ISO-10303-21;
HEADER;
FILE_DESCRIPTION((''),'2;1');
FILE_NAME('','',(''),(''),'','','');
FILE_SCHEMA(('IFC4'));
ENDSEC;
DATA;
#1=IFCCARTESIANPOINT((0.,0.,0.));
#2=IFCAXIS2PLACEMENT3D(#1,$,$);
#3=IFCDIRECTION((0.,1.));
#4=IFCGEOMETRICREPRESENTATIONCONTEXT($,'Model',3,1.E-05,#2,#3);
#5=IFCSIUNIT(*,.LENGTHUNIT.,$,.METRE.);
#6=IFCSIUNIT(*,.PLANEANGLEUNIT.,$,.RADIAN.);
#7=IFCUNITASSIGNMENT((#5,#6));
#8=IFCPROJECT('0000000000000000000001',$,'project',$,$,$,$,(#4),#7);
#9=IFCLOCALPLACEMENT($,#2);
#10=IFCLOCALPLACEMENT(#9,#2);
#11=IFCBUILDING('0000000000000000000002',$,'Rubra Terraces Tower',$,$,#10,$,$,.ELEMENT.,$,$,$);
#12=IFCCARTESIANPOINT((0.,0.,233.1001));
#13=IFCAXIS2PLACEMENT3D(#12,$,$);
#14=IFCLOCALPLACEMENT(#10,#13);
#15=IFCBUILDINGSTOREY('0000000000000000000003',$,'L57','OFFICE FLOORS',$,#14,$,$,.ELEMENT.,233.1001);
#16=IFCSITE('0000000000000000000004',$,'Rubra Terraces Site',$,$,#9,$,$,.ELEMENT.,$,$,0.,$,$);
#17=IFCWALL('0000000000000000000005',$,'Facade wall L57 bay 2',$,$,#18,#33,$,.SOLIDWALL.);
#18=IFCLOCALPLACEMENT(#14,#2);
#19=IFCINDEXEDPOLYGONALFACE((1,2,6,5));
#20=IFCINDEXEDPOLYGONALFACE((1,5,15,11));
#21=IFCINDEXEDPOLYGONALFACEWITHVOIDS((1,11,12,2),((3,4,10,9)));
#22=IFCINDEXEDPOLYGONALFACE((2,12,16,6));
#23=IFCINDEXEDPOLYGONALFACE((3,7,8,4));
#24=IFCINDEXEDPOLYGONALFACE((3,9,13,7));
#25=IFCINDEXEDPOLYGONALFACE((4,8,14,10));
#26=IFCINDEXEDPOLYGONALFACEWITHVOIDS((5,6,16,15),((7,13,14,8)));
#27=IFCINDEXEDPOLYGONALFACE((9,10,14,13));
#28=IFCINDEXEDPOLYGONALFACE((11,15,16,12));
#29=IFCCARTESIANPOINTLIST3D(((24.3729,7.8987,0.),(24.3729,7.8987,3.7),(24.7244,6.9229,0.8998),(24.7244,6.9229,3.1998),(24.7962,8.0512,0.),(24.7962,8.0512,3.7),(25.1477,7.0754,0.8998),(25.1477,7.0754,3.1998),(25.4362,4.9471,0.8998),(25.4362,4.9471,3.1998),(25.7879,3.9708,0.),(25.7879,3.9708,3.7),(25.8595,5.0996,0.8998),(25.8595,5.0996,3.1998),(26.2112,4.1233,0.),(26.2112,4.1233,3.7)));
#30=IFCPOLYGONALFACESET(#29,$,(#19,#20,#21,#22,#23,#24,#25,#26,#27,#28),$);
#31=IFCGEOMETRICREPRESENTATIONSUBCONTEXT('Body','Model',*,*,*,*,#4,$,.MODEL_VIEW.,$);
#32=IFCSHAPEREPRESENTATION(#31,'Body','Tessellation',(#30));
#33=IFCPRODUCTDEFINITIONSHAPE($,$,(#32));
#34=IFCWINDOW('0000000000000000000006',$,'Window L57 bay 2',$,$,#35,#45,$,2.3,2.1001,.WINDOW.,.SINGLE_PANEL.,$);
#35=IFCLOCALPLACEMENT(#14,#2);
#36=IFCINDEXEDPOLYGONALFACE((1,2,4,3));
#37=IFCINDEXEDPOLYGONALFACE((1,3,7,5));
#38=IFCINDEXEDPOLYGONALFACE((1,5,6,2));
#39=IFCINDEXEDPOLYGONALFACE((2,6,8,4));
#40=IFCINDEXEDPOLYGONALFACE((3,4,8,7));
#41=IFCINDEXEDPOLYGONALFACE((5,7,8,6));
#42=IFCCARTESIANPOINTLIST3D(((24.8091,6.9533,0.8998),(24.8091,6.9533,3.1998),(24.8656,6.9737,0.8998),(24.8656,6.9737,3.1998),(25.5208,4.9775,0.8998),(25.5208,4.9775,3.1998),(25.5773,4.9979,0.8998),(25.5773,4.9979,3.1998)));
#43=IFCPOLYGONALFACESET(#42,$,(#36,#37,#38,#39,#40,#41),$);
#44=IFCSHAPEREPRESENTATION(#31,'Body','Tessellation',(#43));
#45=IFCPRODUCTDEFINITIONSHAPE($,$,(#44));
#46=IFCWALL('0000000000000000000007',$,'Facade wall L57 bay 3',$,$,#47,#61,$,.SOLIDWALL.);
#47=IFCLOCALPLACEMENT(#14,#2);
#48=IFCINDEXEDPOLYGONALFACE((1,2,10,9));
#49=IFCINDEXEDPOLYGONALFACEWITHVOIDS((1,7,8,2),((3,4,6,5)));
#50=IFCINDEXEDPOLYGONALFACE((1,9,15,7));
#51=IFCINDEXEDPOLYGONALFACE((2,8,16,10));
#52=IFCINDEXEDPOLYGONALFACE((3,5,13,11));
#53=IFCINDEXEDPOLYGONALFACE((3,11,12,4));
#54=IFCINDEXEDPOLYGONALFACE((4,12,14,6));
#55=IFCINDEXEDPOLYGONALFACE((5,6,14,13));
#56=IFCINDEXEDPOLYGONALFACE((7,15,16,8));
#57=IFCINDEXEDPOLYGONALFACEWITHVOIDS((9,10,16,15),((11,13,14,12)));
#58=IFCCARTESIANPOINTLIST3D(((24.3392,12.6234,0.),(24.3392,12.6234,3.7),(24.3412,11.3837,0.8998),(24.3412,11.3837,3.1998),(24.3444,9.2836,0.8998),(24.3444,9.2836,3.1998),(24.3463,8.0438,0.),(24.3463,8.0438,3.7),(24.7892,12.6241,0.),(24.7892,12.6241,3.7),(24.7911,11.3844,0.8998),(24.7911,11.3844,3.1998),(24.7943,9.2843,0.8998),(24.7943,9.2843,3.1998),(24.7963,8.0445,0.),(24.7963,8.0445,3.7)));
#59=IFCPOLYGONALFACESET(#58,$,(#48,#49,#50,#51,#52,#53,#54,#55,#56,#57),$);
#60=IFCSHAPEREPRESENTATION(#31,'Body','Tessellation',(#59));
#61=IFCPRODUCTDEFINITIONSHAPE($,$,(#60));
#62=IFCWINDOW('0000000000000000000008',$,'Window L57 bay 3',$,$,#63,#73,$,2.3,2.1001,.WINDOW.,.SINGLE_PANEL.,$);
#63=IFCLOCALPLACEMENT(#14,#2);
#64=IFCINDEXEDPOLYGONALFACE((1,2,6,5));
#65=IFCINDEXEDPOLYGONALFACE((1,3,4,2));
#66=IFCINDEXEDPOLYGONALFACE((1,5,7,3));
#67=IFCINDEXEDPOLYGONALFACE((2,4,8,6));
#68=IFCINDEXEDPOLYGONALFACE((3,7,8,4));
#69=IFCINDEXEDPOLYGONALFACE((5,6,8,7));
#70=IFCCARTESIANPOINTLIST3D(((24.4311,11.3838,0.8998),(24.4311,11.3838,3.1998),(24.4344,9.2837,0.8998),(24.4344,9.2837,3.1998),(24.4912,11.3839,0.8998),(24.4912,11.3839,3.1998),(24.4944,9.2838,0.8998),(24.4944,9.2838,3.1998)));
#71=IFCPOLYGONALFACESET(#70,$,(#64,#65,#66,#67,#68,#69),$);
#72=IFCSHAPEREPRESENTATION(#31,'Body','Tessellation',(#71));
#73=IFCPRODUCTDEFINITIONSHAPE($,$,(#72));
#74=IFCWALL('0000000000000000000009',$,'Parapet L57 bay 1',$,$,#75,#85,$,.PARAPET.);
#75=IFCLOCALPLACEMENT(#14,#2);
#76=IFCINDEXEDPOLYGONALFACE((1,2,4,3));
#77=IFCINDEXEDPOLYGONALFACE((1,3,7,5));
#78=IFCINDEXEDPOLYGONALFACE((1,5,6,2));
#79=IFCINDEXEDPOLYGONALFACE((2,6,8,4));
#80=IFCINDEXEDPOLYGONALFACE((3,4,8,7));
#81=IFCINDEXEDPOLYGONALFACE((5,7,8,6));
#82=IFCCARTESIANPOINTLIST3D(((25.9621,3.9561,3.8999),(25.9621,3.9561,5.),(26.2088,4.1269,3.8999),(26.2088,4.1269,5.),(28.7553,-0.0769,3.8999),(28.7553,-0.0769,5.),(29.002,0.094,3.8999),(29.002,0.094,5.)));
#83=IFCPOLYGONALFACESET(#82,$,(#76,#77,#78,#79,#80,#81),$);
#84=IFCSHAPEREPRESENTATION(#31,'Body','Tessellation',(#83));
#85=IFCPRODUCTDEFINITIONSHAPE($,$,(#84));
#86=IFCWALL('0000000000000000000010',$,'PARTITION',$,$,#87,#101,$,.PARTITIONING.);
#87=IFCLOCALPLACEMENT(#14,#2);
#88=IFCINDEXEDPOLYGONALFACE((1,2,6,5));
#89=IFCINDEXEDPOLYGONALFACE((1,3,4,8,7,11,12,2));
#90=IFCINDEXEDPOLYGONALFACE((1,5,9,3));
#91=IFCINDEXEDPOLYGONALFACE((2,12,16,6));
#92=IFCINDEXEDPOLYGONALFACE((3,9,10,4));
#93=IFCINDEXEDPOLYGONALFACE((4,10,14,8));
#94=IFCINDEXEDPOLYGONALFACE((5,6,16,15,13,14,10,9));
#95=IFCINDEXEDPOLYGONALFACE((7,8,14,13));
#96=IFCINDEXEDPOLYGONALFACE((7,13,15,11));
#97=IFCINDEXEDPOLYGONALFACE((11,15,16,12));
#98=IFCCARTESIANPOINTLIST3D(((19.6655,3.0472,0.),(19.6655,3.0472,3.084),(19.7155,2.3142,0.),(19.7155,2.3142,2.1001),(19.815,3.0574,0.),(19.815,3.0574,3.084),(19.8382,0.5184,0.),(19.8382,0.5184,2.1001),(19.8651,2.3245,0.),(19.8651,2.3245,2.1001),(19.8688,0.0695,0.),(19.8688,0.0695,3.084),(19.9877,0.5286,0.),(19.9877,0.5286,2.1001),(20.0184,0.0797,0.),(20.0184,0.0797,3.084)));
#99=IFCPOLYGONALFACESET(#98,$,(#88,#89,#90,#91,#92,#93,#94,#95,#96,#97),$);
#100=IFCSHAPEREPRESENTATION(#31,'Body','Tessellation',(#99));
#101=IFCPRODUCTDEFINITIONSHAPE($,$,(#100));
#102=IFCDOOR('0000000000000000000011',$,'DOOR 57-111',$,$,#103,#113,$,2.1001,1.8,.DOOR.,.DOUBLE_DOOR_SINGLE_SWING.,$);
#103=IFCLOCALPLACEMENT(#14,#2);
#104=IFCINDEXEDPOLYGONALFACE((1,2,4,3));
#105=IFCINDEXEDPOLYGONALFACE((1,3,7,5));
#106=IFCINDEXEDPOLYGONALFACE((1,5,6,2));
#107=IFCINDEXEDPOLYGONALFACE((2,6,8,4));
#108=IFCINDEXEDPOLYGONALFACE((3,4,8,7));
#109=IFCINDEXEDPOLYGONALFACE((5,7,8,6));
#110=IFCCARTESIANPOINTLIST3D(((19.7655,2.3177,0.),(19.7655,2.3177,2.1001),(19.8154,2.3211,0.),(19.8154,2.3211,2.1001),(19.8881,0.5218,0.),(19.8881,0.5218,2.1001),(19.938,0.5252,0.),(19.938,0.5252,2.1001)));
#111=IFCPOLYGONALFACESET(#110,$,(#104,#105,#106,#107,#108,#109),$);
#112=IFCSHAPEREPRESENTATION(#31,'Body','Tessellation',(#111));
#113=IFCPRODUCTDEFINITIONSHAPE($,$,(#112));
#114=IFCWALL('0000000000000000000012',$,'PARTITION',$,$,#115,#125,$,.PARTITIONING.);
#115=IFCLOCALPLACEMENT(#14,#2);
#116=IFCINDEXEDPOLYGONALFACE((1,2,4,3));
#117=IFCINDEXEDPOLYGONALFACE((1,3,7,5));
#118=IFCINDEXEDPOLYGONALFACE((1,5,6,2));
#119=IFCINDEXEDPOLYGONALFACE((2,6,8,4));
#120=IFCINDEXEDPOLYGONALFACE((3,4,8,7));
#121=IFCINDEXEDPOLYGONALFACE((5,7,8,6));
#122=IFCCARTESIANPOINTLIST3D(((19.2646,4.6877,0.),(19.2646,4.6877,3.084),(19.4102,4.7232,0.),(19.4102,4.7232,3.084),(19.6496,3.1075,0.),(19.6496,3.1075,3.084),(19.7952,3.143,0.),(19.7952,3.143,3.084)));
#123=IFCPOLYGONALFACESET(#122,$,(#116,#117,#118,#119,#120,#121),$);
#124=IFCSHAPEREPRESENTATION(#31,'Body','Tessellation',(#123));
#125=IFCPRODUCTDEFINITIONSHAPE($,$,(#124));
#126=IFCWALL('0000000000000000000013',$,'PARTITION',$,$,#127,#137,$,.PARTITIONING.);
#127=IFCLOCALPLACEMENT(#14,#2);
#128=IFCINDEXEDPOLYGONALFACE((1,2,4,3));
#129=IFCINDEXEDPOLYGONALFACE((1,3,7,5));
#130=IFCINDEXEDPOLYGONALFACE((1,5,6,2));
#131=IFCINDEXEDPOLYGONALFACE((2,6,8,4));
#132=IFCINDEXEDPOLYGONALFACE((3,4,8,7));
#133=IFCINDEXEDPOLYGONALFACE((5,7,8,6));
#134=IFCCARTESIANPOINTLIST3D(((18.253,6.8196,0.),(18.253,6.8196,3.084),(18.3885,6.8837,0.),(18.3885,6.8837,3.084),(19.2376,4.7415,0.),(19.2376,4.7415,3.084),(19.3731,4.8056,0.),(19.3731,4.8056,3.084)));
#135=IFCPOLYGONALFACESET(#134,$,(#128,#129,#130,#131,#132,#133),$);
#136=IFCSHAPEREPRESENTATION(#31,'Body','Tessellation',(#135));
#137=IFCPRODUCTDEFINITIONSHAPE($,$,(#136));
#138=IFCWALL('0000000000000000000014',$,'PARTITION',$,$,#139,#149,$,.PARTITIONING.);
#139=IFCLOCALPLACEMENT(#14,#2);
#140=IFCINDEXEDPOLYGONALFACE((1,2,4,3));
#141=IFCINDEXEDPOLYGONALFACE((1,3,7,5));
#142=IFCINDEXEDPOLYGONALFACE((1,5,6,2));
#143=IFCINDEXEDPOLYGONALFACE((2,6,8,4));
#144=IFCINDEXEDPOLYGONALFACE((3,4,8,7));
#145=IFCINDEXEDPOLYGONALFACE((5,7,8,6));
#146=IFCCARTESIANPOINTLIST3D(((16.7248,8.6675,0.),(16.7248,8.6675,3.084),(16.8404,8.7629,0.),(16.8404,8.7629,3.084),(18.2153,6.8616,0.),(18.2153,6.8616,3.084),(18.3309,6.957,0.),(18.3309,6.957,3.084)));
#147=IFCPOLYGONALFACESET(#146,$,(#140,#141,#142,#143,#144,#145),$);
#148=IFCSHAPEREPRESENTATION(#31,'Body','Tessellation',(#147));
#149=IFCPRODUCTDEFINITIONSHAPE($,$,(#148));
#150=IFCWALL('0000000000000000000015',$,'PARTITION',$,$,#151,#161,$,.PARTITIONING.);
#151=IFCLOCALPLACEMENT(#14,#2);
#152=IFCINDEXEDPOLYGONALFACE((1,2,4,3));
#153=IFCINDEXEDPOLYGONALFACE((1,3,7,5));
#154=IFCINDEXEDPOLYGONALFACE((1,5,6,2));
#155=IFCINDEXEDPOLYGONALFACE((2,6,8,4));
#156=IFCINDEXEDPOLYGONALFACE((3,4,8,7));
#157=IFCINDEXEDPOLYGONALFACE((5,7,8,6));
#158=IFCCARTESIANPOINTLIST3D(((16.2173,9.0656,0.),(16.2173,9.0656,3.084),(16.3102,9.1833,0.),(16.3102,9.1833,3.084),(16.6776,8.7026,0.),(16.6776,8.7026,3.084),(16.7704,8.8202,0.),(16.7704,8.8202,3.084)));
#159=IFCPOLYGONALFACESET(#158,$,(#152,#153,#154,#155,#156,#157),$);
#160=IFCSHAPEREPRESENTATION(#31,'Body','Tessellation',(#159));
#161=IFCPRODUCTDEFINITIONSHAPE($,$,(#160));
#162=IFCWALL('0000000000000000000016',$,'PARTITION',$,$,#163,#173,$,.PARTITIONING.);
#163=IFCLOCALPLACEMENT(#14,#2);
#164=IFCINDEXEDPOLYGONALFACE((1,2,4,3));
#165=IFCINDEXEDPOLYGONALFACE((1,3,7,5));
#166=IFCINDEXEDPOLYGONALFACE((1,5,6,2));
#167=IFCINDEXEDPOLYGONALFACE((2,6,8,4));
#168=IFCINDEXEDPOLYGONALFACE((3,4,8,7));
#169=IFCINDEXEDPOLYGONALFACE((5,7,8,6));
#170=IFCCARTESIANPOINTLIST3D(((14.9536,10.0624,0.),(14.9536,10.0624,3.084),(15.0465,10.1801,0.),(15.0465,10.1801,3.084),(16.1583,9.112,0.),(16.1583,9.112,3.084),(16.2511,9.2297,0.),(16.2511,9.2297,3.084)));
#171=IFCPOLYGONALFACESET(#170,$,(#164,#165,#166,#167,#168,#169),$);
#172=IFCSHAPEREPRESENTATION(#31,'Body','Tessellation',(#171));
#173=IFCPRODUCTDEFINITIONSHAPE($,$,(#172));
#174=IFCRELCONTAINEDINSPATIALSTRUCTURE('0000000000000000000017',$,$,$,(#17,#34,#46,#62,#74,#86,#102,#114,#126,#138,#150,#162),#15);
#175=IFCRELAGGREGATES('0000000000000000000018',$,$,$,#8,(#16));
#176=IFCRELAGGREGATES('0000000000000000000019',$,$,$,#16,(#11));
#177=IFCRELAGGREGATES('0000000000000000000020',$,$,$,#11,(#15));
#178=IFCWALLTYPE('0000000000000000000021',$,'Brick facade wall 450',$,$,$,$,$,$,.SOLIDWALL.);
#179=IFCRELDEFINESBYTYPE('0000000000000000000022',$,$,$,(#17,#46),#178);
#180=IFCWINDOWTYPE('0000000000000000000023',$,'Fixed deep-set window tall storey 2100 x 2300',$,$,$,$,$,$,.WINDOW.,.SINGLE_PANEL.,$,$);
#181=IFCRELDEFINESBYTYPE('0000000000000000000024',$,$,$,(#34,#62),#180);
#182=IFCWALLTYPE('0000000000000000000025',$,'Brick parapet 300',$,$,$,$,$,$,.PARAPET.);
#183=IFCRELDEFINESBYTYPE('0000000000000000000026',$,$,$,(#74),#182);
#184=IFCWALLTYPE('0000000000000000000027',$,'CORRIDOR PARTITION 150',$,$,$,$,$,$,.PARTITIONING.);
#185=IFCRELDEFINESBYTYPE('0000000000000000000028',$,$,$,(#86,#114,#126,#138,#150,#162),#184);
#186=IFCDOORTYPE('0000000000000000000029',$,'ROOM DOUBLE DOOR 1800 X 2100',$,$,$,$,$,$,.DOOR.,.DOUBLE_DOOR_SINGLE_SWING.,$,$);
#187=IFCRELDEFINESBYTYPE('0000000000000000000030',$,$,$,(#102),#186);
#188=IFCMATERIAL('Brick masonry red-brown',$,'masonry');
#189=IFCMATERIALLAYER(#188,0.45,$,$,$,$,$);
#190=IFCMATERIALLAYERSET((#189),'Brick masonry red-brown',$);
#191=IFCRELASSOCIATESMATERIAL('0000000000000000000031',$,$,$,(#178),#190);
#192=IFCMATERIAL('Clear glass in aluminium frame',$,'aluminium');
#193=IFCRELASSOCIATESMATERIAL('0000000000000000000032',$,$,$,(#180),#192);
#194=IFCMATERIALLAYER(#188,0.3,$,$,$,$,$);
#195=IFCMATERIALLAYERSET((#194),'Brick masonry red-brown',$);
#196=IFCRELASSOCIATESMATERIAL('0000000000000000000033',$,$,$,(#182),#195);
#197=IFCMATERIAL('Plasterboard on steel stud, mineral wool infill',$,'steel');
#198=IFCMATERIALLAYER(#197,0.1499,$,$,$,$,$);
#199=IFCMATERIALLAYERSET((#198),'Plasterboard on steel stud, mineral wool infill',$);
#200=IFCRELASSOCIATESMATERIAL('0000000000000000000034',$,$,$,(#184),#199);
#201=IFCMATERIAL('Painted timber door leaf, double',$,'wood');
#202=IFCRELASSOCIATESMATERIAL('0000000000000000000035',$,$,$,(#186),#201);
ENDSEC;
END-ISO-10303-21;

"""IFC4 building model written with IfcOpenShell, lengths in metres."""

from ifc_helpers import new_model, si_unit, direction, frame, frame_2d, origin, place, context, subcontext, project, spatial, rectangle, extrude, material, layer, layer_set, type_object, element, fill, save


model = new_model("IFC4")

# Units and contexts
model_context = context("Model", 3, precision=1e-05, world=origin(), true_north=direction((0.0, 1.0)))
body_context = subcontext(model_context, "Body", "Model", "MODEL_VIEW")
ifc_project = project(units=[si_unit("LENGTHUNIT", "METRE"), si_unit("PLANEANGLEUNIT", "RADIAN")], contexts=[model_context])

# Site, building, storey
site_placement = place(None, origin())
site = spatial("IfcSite", under=ifc_project, at=site_placement, Name="Rubra Terraces Site", CompositionType="ELEMENT", RefElevation=0.0)
building_placement = place(site_placement, origin())
building = spatial("IfcBuilding", under=site, at=building_placement, Name="Rubra Terraces Tower", CompositionType="ELEMENT")
storey_placement = place(building_placement, frame((0.0, 0.0, 233.1001)))
storey = spatial("IfcBuildingStorey", under=building, at=storey_placement, Name="L57", Description="OFFICE FLOORS", CompositionType="ELEMENT", Elevation=233.1001)

# Walls, openings, windows
ifc_material_1 = material(Name="Brick masonry red-brown", Category="masonry")
ifc_layer_1 = layer(ifc_material_1, 0.45)
ifc_layer_set_1 = layer_set([ifc_layer_1], Name="Brick masonry red-brown")
wall_type_1 = type_object("IfcWallType", Name="Brick facade wall 450", PredefinedType="SOLIDWALL", material=ifc_layer_set_1)
wall_1_placement = place(storey_placement, frame((25.9995, 4.0471, 0.0), z_axis=(0.0, 0.0, 1.0), x_axis=(-0.338924, 0.940814, 0.0)))
wall_1 = element("IfcWall", 1, at=wall_1_placement, inside=storey, type_object=wall_type_1, Name="Facade wall L57 bay 2", PredefinedType="SOLIDWALL", context=body_context, shape_type="SweptSolid", body=[
    extrude(rectangle(XDim=4.175, YDim=0.45, at=frame_2d((2.0874, 0.0))), origin(), (0.0, 0.0, 1.0), 3.7),
])
opening_1_placement = place(wall_1_placement, frame((1.0376, 0.0, 0.8999)))
opening_1 = element("IfcOpeningElement", 2, at=opening_1_placement, cuts=wall_1, PredefinedType="OPENING", context=body_context, shape_type="SweptSolid", body=[
    extrude(rectangle(XDim=2.1001, YDim=2.3, at=frame_2d((1.05, 1.1499))), frame((0.0, 0.2349, 0.0), z_axis=(0.0, -1.0, 0.0), x_axis=(1.0, 0.0, 0.0)), (0.0, 0.0, 1.0), 0.47),
])
ifc_material_2 = material(Name="Clear glass in aluminium frame", Category="aluminium")
window_type = type_object("IfcWindowType", Name="Fixed deep-set window tall storey 2100 x 2300", PartitioningType="SINGLE_PANEL", PredefinedType="WINDOW", material=ifc_material_2)
window_1_placement = place(opening_1_placement, origin())
window_1 = element("IfcWindow", 3, at=window_1_placement, inside=storey, type_object=window_type, Name="Window L57 bay 2", OverallHeight=2.3, OverallWidth=2.1001, PartitioningType="SINGLE_PANEL", PredefinedType="WINDOW", context=body_context, shape_type="SweptSolid", body=[
    extrude(rectangle(XDim=2.1001, YDim=2.3, at=frame_2d((1.05, 1.1499))), frame((0.0, 0.135, 0.0), z_axis=(0.0, -1.0, 0.0), x_axis=(1.0, 0.0, 0.0)), (0.0, 0.0, 1.0), 0.0601),
])
fill(opening_1, window_1)
wall_2_placement = place(storey_placement, frame((24.5713, 8.0442, 0.0), z_axis=(0.0, 0.0, 1.0), x_axis=(-0.001546, 0.999999, 0.0)))
wall_2 = element("IfcWall", 4, at=wall_2_placement, inside=storey, type_object=wall_type_1, Name="Facade wall L57 bay 3", PredefinedType="SOLIDWALL", context=body_context, shape_type="SweptSolid", body=[
    extrude(rectangle(XDim=4.5796, YDim=0.45, at=frame_2d((2.2898, 0.0))), origin(), (0.0, 0.0, 1.0), 3.7),
])
opening_2_placement = place(wall_2_placement, frame((1.2397, 0.0, 0.8999)))
opening_2 = element("IfcOpeningElement", 5, at=opening_2_placement, cuts=wall_2, PredefinedType="OPENING", context=body_context, shape_type="SweptSolid", body=[
    extrude(rectangle(XDim=2.1001, YDim=2.3, at=frame_2d((1.05, 1.1499))), frame((0.0, 0.2349, 0.0), z_axis=(0.0, -1.0, 0.0), x_axis=(1.0, 0.0, 0.0)), (0.0, 0.0, 1.0), 0.47),
])
window_2_placement = place(opening_2_placement, origin())
window_2 = element("IfcWindow", 6, at=window_2_placement, inside=storey, type_object=window_type, Name="Window L57 bay 3", OverallHeight=2.3, OverallWidth=2.1001, PartitioningType="SINGLE_PANEL", PredefinedType="WINDOW", context=body_context, shape_type="SweptSolid", body=[
    extrude(rectangle(XDim=2.1001, YDim=2.3, at=frame_2d((1.05, 1.1499))), frame((0.0, 0.135, 0.0), z_axis=(0.0, -1.0, 0.0), x_axis=(1.0, 0.0, 0.0)), (0.0, 0.0, 1.0), 0.0601),
])
fill(opening_2, window_2)

# Wall
ifc_layer_2 = layer(ifc_material_1, 0.3)
ifc_layer_set_2 = layer_set([ifc_layer_2], Name="Brick masonry red-brown")
wall_type_2 = type_object("IfcWallType", Name="Brick parapet 300", PredefinedType="PARAPET", material=ifc_layer_set_2)
wall_3_placement = place(storey_placement, frame((28.8787, 0.0085, 3.8999), z_axis=(0.0, 0.0, 1.0), x_axis=(-0.56937, 0.822081, 0.0)))
element("IfcWall", 7, at=wall_3_placement, inside=storey, type_object=wall_type_2, Name="Parapet L57 bay 1", PredefinedType="PARAPET", context=body_context, shape_type="SweptSolid", body=[
    extrude(rectangle(XDim=4.9058, YDim=0.3, at=frame_2d((2.4529, 0.0))), origin(), (0.0, 0.0, 1.0), 1.1001),
])

# Wall, opening, door
ifc_material_3 = material(Name="Plasterboard on steel stud, mineral wool infill", Category="steel")
ifc_layer_3 = layer(ifc_material_3, 0.1499)
ifc_layer_set_3 = layer_set([ifc_layer_3], Name="Plasterboard on steel stud, mineral wool infill")
wall_type_3 = type_object("IfcWallType", Name="CORRIDOR PARTITION 150", PredefinedType="PARTITIONING", material=ifc_layer_set_3)
wall_4_placement = place(storey_placement, frame((19.9436, 0.0747, 0.0), z_axis=(0.0, 0.0, 1.0), x_axis=(-0.068137, 0.997676, 0.0)))
wall_4 = element("IfcWall", 8, at=wall_4_placement, inside=storey, type_object=wall_type_3, Name="PARTITION", PredefinedType="PARTITIONING", context=body_context, shape_type="SweptSolid", body=[
    extrude(rectangle(XDim=2.9846, YDim=0.1499, at=frame_2d((1.4922, 0.0))), origin(), (0.0, 0.0, 1.0), 3.084),
])
opening_3_placement = place(wall_4_placement, frame((0.45, 0.0, 0.0)))
opening_3 = element("IfcOpeningElement", 9, at=opening_3_placement, cuts=wall_4, PredefinedType="OPENING", context=body_context, shape_type="SweptSolid", body=[
    extrude(rectangle(XDim=1.8, YDim=2.1001, at=frame_2d((0.8999, 1.05))), frame((0.0, 0.085, 0.0), z_axis=(0.0, -1.0, 0.0), x_axis=(1.0, 0.0, 0.0)), (0.0, 0.0, 1.0), 0.1699),
])
ifc_material_4 = material(Name="Painted timber door leaf, double", Category="wood")
door_type_1 = type_object("IfcDoorType", Name="ROOM DOUBLE DOOR 1800 X 2100", OperationType="DOUBLE_DOOR_SINGLE_SWING", PredefinedType="DOOR", material=ifc_material_4)
door_1_placement = place(opening_3_placement, origin())
door_1 = element("IfcDoor", 10, at=door_1_placement, inside=storey, type_object=door_type_1, Name="DOOR 57-111", OperationType="DOUBLE_DOOR_SINGLE_SWING", OverallHeight=2.1001, OverallWidth=1.8, PredefinedType="DOOR", context=body_context, shape_type="SweptSolid", body=[
    extrude(rectangle(XDim=1.8, YDim=2.1001, at=frame_2d((0.8999, 1.05))), frame((0.0, 0.0249, 0.0), z_axis=(0.0, -1.0, 0.0), x_axis=(1.0, 0.0, 0.0)), (0.0, 0.0, 1.0), 0.05),
])
fill(opening_3, door_1)

# Walls
wall_5_placement = place(storey_placement, frame((19.7224, 3.1252, 0.0), z_axis=(0.0, 0.0, 1.0), x_axis=(-0.236704, 0.971582, 0.0)))
element("IfcWall", 11, at=wall_5_placement, inside=storey, type_object=wall_type_3, Name="PARTITION", PredefinedType="PARTITIONING", context=body_context, shape_type="SweptSolid", body=[
    extrude(rectangle(XDim=1.6265, YDim=0.1499, at=frame_2d((0.8132, 0.0))), origin(), (0.0, 0.0, 1.0), 3.084),
])
wall_6_placement = place(storey_placement, frame((19.3054, 4.7734, 0.0), z_axis=(0.0, 0.0, 1.0), x_axis=(-0.428173, 0.903697, 0.0)))
element("IfcWall", 12, at=wall_6_placement, inside=storey, type_object=wall_type_3, Name="PARTITION", PredefinedType="PARTITIONING", context=body_context, shape_type="SweptSolid", body=[
    extrude(rectangle(XDim=2.2996, YDim=0.1499, at=frame_2d((1.1499, 0.0))), origin(), (0.0, 0.0, 1.0), 3.084),
])
wall_7_placement = place(storey_placement, frame((18.2732, 6.9092, 0.0), z_axis=(0.0, 0.0, 1.0), x_axis=(-0.636536, 0.771247, 0.0)))
element("IfcWall", 13, at=wall_7_placement, inside=storey, type_object=wall_type_3, Name="PARTITION", PredefinedType="PARTITIONING", context=body_context, shape_type="SweptSolid", body=[
    extrude(rectangle(XDim=2.3416, YDim=0.1499, at=frame_2d((1.1709, 0.0))), origin(), (0.0, 0.0, 1.0), 3.084),
])
wall_8_placement = place(storey_placement, frame((16.7239, 8.7615, 0.0), z_axis=(0.0, 0.0, 1.0), x_axis=(-0.785117, 0.619347, 0.0)))
element("IfcWall", 14, at=wall_8_placement, inside=storey, type_object=wall_type_3, Name="PARTITION", PredefinedType="PARTITIONING", context=body_context, shape_type="SweptSolid", body=[
    extrude(rectangle(XDim=0.5862, YDim=0.1499, at=frame_2d((0.293, 0.0))), origin(), (0.0, 0.0, 1.0), 3.084),
])
wall_9_placement = place(storey_placement, frame((16.2046, 9.1709, 0.0), z_axis=(0.0, 0.0, 1.0), x_axis=(-0.785058, 0.619422, 0.0)))
element("IfcWall", 15, at=wall_9_placement, inside=storey, type_object=wall_type_3, Name="PARTITION", PredefinedType="PARTITIONING", context=body_context, shape_type="SweptSolid", body=[
    extrude(rectangle(XDim=1.5344, YDim=0.1499, at=frame_2d((0.7671, 0.0))), origin(), (0.0, 0.0, 1.0), 3.084),
])

save(model, "model.ifc")
